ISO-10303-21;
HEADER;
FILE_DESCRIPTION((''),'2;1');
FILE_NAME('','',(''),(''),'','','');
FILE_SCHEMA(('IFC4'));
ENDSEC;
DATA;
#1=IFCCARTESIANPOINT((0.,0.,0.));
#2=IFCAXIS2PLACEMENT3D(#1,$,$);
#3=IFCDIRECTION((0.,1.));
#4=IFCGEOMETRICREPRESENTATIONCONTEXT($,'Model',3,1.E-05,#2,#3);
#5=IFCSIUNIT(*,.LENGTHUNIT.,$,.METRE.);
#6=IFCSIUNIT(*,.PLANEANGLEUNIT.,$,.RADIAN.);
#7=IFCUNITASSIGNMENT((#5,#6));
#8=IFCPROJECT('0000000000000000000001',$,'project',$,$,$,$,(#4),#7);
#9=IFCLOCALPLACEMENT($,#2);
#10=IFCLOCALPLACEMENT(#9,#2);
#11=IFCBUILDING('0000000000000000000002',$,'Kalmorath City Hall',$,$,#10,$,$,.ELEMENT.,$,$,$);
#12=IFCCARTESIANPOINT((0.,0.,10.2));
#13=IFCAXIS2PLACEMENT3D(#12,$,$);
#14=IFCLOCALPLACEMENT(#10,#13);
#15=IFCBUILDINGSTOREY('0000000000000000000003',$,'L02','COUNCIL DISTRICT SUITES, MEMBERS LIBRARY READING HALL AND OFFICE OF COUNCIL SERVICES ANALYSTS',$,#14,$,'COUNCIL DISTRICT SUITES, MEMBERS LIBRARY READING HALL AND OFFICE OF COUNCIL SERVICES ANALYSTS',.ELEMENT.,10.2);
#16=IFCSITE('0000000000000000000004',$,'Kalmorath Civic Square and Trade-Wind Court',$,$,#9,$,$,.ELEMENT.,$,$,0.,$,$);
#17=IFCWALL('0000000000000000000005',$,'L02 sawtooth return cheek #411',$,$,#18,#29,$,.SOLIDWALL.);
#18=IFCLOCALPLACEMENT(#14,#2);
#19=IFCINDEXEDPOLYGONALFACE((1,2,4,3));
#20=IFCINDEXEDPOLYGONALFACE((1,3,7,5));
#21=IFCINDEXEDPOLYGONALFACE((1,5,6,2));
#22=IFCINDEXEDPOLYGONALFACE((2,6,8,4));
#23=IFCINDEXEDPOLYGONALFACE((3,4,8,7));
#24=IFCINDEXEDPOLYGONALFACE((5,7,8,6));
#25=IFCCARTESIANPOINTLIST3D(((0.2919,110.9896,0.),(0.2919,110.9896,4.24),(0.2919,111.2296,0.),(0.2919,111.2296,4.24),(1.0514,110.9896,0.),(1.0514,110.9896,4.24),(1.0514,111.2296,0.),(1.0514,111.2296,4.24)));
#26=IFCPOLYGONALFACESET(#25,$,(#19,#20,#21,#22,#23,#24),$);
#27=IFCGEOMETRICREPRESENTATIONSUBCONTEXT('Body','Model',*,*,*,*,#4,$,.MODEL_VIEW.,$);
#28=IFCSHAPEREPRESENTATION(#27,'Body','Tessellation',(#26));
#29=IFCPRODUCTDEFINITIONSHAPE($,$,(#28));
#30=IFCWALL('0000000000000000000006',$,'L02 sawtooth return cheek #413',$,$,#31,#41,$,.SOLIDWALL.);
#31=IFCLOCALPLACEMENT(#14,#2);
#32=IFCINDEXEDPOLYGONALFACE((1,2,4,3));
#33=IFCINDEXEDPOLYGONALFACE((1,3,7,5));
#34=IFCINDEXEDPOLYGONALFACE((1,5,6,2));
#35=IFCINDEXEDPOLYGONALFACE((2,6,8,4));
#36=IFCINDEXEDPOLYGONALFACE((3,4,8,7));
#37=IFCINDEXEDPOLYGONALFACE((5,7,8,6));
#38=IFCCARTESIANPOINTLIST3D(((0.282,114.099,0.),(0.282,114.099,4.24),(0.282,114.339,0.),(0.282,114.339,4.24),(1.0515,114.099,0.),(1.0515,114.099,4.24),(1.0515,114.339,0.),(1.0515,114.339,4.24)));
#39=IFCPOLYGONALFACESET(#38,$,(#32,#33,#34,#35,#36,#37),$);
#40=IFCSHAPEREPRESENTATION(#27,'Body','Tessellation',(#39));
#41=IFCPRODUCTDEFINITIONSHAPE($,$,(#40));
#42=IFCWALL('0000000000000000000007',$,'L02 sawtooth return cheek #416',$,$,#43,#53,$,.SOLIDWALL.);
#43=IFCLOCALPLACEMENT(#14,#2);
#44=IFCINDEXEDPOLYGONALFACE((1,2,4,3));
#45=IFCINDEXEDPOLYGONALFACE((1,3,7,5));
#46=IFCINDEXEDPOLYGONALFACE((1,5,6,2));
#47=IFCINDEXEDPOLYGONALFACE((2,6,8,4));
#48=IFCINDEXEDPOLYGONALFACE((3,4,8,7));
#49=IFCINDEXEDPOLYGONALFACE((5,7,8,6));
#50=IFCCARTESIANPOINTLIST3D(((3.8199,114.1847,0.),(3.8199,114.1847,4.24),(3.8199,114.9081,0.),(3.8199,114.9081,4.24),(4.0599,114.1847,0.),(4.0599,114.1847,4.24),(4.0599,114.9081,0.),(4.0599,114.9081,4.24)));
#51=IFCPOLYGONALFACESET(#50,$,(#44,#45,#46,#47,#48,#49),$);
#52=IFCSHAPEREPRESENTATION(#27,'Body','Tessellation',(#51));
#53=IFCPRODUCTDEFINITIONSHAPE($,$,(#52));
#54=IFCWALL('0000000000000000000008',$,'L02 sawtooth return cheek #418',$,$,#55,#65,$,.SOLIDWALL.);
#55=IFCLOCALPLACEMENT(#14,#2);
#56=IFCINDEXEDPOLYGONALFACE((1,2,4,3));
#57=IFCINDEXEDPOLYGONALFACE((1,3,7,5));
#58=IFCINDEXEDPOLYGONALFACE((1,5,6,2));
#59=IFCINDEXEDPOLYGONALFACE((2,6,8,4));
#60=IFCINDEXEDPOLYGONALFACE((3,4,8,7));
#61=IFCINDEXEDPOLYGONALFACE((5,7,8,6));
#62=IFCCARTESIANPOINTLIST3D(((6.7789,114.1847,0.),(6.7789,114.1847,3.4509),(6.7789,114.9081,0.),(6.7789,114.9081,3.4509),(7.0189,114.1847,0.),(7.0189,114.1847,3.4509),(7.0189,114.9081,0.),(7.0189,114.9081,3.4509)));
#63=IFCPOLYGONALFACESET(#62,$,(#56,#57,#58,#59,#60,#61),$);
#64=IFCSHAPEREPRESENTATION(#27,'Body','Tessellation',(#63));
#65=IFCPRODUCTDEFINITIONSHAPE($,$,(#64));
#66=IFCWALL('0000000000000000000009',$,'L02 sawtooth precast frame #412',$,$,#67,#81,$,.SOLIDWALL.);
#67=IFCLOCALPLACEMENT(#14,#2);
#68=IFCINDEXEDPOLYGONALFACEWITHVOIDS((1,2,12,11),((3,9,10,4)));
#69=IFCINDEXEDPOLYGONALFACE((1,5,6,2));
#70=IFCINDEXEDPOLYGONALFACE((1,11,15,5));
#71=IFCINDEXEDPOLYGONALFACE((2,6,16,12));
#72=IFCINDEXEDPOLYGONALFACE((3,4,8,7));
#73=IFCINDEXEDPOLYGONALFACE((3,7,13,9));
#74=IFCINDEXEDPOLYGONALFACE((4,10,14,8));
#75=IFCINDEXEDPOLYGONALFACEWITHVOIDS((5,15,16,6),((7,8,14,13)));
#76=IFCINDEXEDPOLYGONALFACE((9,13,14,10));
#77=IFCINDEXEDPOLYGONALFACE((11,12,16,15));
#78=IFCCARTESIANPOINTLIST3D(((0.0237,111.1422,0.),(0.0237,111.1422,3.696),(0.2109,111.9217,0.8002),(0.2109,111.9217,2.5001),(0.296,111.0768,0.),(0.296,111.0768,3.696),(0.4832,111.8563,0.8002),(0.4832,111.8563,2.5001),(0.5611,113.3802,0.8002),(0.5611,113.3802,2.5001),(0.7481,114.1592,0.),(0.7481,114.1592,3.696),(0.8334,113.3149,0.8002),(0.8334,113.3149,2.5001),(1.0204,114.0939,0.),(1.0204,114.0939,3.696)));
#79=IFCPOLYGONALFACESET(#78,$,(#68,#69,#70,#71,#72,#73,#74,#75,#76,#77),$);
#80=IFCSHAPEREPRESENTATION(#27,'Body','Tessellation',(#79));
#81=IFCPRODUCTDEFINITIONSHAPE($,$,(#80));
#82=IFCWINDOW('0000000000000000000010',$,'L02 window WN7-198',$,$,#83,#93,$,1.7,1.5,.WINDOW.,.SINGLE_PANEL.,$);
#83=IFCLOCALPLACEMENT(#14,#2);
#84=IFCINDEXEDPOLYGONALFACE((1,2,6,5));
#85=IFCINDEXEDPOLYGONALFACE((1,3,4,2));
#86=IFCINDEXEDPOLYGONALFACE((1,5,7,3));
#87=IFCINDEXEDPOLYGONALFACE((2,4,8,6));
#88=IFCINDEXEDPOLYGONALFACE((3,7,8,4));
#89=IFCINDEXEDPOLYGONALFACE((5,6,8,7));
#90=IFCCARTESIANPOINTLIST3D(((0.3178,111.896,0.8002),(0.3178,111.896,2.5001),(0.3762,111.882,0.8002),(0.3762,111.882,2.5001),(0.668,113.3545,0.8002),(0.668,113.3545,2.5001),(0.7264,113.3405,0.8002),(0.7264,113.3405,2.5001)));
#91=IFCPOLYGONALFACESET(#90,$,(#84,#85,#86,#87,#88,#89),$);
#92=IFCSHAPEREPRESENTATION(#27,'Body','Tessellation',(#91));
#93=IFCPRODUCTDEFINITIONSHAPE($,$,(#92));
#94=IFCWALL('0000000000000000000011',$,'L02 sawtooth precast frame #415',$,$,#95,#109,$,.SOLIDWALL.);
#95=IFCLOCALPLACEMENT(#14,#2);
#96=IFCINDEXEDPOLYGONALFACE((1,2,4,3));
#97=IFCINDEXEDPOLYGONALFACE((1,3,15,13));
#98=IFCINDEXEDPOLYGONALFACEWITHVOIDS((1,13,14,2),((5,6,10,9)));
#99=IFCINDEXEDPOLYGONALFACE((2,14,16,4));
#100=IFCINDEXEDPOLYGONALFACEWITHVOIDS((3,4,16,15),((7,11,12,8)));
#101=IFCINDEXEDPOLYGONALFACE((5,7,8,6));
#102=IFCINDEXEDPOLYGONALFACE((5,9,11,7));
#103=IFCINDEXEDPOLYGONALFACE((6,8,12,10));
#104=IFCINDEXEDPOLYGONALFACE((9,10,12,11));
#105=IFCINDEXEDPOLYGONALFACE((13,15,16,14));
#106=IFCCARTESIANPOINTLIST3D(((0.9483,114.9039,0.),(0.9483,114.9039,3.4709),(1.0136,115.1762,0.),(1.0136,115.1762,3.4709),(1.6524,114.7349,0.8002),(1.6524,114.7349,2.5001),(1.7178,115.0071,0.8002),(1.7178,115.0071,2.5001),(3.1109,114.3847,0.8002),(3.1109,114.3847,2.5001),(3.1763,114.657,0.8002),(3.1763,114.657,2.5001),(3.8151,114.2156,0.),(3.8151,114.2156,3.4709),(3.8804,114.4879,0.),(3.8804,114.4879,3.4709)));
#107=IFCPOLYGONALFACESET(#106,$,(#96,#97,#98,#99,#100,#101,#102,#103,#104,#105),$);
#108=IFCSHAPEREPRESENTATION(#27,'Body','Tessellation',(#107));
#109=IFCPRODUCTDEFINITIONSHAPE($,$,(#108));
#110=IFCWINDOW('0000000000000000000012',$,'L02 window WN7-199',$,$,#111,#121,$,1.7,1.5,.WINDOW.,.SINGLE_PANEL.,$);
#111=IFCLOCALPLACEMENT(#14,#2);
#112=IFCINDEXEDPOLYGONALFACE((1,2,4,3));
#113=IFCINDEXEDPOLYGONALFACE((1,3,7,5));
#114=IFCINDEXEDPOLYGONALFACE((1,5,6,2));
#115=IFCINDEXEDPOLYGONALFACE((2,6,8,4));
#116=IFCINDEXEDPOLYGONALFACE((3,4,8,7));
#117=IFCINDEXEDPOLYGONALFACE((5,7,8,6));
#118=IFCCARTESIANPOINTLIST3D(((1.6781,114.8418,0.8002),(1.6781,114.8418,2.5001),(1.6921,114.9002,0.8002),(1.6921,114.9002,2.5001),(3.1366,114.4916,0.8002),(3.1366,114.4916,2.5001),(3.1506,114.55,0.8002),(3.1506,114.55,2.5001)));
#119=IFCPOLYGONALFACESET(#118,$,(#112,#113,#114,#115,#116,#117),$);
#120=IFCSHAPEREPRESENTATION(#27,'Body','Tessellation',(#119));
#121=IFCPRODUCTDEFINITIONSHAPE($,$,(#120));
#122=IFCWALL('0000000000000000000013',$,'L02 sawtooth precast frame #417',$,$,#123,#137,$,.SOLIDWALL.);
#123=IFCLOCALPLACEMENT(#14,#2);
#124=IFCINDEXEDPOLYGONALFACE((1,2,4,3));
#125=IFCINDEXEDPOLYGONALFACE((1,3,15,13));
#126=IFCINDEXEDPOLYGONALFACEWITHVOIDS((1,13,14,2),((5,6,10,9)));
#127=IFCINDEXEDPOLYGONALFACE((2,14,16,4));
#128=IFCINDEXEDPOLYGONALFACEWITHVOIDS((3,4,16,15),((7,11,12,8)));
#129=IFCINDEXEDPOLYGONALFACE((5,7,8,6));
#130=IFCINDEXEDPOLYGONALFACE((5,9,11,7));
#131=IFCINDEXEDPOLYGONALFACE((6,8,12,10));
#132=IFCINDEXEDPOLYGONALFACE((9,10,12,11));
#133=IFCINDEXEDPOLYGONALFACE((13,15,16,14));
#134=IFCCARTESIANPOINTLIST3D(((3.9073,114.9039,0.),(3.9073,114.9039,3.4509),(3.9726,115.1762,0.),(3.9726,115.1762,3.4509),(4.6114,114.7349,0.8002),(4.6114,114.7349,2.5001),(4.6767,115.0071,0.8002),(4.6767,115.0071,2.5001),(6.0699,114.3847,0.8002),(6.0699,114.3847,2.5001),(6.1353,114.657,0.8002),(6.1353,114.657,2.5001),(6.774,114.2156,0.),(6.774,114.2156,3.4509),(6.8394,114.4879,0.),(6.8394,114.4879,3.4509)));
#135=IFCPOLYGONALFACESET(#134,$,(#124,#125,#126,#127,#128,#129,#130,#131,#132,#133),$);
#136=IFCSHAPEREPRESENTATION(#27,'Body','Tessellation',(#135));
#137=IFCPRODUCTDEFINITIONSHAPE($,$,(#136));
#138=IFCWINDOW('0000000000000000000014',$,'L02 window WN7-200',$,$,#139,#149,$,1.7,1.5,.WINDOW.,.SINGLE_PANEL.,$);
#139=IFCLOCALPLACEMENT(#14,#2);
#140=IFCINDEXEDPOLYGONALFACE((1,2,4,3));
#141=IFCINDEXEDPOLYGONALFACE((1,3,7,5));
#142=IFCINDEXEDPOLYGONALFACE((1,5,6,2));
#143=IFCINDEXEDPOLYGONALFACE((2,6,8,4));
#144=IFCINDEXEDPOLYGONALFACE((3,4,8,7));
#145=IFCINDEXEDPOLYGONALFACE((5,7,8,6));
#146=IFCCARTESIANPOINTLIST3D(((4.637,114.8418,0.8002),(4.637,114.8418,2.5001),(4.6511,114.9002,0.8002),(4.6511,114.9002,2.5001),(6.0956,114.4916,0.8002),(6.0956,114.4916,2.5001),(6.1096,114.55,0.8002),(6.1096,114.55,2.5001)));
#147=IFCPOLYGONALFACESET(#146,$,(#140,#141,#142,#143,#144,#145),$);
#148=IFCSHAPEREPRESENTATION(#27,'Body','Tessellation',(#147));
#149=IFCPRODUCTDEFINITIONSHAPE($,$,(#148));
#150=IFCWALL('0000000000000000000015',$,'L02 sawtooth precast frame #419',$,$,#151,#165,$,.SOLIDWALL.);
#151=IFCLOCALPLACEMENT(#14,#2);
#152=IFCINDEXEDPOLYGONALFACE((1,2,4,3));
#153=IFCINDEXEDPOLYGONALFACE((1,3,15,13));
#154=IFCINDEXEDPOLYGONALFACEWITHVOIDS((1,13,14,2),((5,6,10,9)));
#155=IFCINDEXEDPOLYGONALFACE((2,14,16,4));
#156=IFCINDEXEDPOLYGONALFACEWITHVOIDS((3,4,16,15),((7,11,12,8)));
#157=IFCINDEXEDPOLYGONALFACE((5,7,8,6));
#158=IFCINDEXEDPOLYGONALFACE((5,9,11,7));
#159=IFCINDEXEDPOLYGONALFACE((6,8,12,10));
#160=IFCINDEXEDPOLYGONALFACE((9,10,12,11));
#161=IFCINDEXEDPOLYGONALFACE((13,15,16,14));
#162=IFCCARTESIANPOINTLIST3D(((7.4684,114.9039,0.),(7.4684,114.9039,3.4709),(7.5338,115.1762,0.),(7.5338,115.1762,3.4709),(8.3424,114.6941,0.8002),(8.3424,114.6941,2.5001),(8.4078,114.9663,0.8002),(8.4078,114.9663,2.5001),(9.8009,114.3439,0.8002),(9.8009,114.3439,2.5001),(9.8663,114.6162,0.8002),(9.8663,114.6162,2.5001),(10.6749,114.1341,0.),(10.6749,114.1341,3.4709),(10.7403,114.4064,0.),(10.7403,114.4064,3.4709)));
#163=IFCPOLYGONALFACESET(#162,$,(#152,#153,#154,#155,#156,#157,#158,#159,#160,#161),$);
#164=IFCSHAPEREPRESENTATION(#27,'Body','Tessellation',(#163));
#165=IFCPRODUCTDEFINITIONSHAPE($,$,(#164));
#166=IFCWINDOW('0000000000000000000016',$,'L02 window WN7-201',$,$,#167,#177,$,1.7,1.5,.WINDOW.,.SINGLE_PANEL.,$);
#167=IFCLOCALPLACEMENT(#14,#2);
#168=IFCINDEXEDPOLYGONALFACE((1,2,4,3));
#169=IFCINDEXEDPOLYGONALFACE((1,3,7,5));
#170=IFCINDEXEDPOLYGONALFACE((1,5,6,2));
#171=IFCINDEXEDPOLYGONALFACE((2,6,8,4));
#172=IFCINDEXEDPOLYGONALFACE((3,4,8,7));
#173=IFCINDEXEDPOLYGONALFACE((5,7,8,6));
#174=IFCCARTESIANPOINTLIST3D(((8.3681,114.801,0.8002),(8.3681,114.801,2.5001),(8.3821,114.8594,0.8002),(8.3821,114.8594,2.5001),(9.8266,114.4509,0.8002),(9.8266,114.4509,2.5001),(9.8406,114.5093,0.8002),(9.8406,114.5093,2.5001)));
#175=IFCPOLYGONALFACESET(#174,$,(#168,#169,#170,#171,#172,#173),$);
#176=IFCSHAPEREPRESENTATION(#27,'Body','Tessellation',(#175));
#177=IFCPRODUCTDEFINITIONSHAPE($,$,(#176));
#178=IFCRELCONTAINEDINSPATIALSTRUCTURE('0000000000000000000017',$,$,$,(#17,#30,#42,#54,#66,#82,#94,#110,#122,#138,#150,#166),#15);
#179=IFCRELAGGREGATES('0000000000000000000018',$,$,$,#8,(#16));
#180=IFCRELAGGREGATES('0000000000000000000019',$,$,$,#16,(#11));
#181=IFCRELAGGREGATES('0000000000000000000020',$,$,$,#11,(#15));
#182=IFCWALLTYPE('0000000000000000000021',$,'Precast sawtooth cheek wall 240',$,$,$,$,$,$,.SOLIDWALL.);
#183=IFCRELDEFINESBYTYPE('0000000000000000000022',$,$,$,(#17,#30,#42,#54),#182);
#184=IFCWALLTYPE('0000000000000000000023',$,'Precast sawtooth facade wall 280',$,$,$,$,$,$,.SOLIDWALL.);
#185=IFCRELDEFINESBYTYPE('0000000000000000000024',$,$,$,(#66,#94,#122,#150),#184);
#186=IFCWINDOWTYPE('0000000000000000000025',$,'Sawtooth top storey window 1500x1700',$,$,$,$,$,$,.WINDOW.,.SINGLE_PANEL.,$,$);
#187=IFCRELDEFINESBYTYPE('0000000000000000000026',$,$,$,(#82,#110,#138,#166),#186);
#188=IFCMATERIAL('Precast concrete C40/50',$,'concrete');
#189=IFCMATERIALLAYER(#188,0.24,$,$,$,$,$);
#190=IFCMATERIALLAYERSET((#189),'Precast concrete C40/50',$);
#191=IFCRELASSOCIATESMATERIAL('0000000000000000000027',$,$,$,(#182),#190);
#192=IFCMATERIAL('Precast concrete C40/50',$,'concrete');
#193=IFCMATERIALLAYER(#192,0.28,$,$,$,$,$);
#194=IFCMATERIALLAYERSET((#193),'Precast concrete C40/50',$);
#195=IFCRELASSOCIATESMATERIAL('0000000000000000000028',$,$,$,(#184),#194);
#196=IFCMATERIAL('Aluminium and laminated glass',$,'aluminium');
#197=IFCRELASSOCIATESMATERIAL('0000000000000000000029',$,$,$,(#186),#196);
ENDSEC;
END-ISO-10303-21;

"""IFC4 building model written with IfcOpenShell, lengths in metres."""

from ifc_helpers import new_model, si_unit, direction, frame, frame_2d, origin, place, context, subcontext, project, spatial, rectangle, extrude, material, layer, layer_set, type_object, element, fill, save


model = new_model("IFC4")

# Units and contexts
model_context = context("Model", 3, precision=1e-05, world=origin(), true_north=direction((0.0, 1.0)))
body_context = subcontext(model_context, "Body", "Model", "MODEL_VIEW")
ifc_project = project(units=[si_unit("LENGTHUNIT", "METRE"), si_unit("PLANEANGLEUNIT", "RADIAN")], contexts=[model_context])

# Site, building, storey
site_placement = place(None, origin())
site = spatial("IfcSite", under=ifc_project, at=site_placement, Name="Kalmorath Civic Square and Trade-Wind Court", CompositionType="ELEMENT", RefElevation=0.0)
building_placement = place(site_placement, origin())
building = spatial("IfcBuilding", under=site, at=building_placement, Name="Kalmorath City Hall", CompositionType="ELEMENT")
storey_placement = place(building_placement, frame((0.0, 0.0, 10.2)))
storey = spatial("IfcBuildingStorey", under=building, at=storey_placement, Name="L02", Description="COUNCIL DISTRICT SUITES, MEMBERS LIBRARY READING HALL AND OFFICE OF COUNCIL SERVICES ANALYSTS", LongName="COUNCIL DISTRICT SUITES, MEMBERS LIBRARY READING HALL AND OFFICE OF COUNCIL SERVICES ANALYSTS", CompositionType="ELEMENT", Elevation=10.2)

# Walls
ifc_material_1 = material(Name="Precast concrete C40/50", Category="concrete")
ifc_layer_1 = layer(ifc_material_1, 0.24)
ifc_layer_set_1 = layer_set([ifc_layer_1], Name="Precast concrete C40/50")
wall_type_1 = type_object("IfcWallType", Name="Precast sawtooth cheek wall 240", PredefinedType="SOLIDWALL", material=ifc_layer_set_1)
wall_1_placement = place(storey_placement, frame((1.0515, 111.1096, 0.0), z_axis=(0.0, 0.0, 1.0), x_axis=(-1.0, 0.0, 0.0)))
element("IfcWall", 1, at=wall_1_placement, inside=storey, type_object=wall_type_1, Name="L02 sawtooth return cheek #411", PredefinedType="SOLIDWALL", context=body_context, shape_type="SweptSolid", body=[
    extrude(rectangle(XDim=0.7595, YDim=0.24, at=frame_2d((0.3799, 0.0))), origin(), (0.0, 0.0, 1.0), 4.24),
])
wall_2_placement = place(storey_placement, frame((1.0515, 114.219, 0.0), z_axis=(0.0, 0.0, 1.0), x_axis=(-1.0, 0.0, 0.0)))
element("IfcWall", 2, at=wall_2_placement, inside=storey, type_object=wall_type_1, Name="L02 sawtooth return cheek #413", PredefinedType="SOLIDWALL", context=body_context, shape_type="SweptSolid", body=[
    extrude(rectangle(XDim=0.7695, YDim=0.24, at=frame_2d((0.3848, 0.0))), origin(), (0.0, 0.0, 1.0), 4.24),
])
wall_3_placement = place(storey_placement, frame((3.9399, 114.1846, 0.0), z_axis=(0.0, 0.0, 1.0), x_axis=(0.0, 1.0, 0.0)))
element("IfcWall", 3, at=wall_3_placement, inside=storey, type_object=wall_type_1, Name="L02 sawtooth return cheek #416", PredefinedType="SOLIDWALL", context=body_context, shape_type="SweptSolid", body=[
    extrude(rectangle(XDim=0.7234, YDim=0.24, at=frame_2d((0.3618, 0.0))), origin(), (0.0, 0.0, 1.0), 4.24),
])
wall_4_placement = place(storey_placement, frame((6.8989, 114.1846, 0.0), z_axis=(0.0, 0.0, 1.0), x_axis=(0.0, 1.0, 0.0)))
element("IfcWall", 4, at=wall_4_placement, inside=storey, type_object=wall_type_1, Name="L02 sawtooth return cheek #418", PredefinedType="SOLIDWALL", context=body_context, shape_type="SweptSolid", body=[
    extrude(rectangle(XDim=0.7234, YDim=0.24, at=frame_2d((0.3618, 0.0))), origin(), (0.0, 0.0, 1.0), 3.4509),
])

# Walls, openings, windows
ifc_material_2 = material(Name="Precast concrete C40/50", Category="concrete")
ifc_layer_2 = layer(ifc_material_2, 0.28)
ifc_layer_set_2 = layer_set([ifc_layer_2], Name="Precast concrete C40/50")
wall_type_2 = type_object("IfcWallType", Name="Precast sawtooth facade wall 280", PredefinedType="SOLIDWALL", material=ifc_layer_set_2)
wall_5_placement = place(storey_placement, frame((0.1599, 111.1096, 0.0), z_axis=(0.0, 0.0, 1.0), x_axis=(0.233453, 0.972368, 0.0)))
wall_5 = element("IfcWall", 5, at=wall_5_placement, inside=storey, type_object=wall_type_2, Name="L02 sawtooth precast frame #412", PredefinedType="SOLIDWALL", context=body_context, shape_type="SweptSolid", body=[
    extrude(rectangle(XDim=3.1028, YDim=0.28, at=frame_2d((1.5513, 0.0))), origin(), (0.0, 0.0, 1.0), 3.696),
])
opening_1_placement = place(wall_5_placement, frame((0.8015, 0.0, 0.8)))
opening_1 = element("IfcOpeningElement", 6, at=opening_1_placement, cuts=wall_5, PredefinedType="OPENING", context=body_context, shape_type="SweptSolid", body=[
    extrude(rectangle(XDim=1.5, YDim=1.7, at=frame_2d((0.75, 0.8501))), frame((0.0, 0.1499, 0.0), z_axis=(0.0, -1.0, 0.0), x_axis=(1.0, 0.0, 0.0)), (0.0, 0.0, 1.0), 0.3),
])
ifc_material_3 = material(Name="Aluminium and laminated glass", Category="aluminium")
window_type = type_object("IfcWindowType", Name="Sawtooth top storey window 1500x1700", PartitioningType="SINGLE_PANEL", PredefinedType="WINDOW", material=ifc_material_3)
window_1_placement = place(opening_1_placement, origin())
window_1 = element("IfcWindow", 7, at=window_1_placement, inside=storey, type_object=window_type, Name="L02 window WN7-198", OverallHeight=1.7, OverallWidth=1.5, PartitioningType="SINGLE_PANEL", PredefinedType="WINDOW", context=body_context, shape_type="SweptSolid", body=[
    extrude(rectangle(XDim=1.5, YDim=1.7, at=frame_2d((0.75, 0.8501))), frame((0.0, 0.03, 0.0), z_axis=(0.0, -1.0, 0.0), x_axis=(1.0, 0.0, 0.0)), (0.0, 0.0, 1.0), 0.0601),
])
fill(opening_1, window_1)
wall_6_placement = place(storey_placement, frame((0.981, 115.04, 0.0), z_axis=(0.0, 0.0, 1.0), x_axis=(0.97237, -0.233445, 0.0)))
wall_6 = element("IfcWall", 8, at=wall_6_placement, inside=storey, type_object=wall_type_2, Name="L02 sawtooth precast frame #415", PredefinedType="SOLIDWALL", context=body_context, shape_type="SweptSolid", body=[
    extrude(rectangle(XDim=2.9482, YDim=0.28, at=frame_2d((1.4741, 0.0))), origin(), (0.0, 0.0, 1.0), 3.4709),
])
opening_2_placement = place(wall_6_placement, frame((0.7241, 0.0, 0.8)))
opening_2 = element("IfcOpeningElement", 9, at=opening_2_placement, cuts=wall_6, PredefinedType="OPENING", context=body_context, shape_type="SweptSolid", body=[
    extrude(rectangle(XDim=1.5, YDim=1.7, at=frame_2d((0.75, 0.8501))), frame((0.0, 0.1499, 0.0), z_axis=(0.0, -1.0, 0.0), x_axis=(1.0, 0.0, 0.0)), (0.0, 0.0, 1.0), 0.3),
])
window_2_placement = place(opening_2_placement, origin())
window_2 = element("IfcWindow", 10, at=window_2_placement, inside=storey, type_object=window_type, Name="L02 window WN7-199", OverallHeight=1.7, OverallWidth=1.5, PartitioningType="SINGLE_PANEL", PredefinedType="WINDOW", context=body_context, shape_type="SweptSolid", body=[
    extrude(rectangle(XDim=1.5, YDim=1.7, at=frame_2d((0.75, 0.8501))), frame((0.0, 0.03, 0.0), z_axis=(0.0, -1.0, 0.0), x_axis=(1.0, 0.0, 0.0)), (0.0, 0.0, 1.0), 0.0601),
])
fill(opening_2, window_2)
wall_7_placement = place(storey_placement, frame((3.9399, 115.04, 0.0), z_axis=(0.0, 0.0, 1.0), x_axis=(0.97237, -0.233445, 0.0)))
wall_7 = element("IfcWall", 11, at=wall_7_placement, inside=storey, type_object=wall_type_2, Name="L02 sawtooth precast frame #417", PredefinedType="SOLIDWALL", context=body_context, shape_type="SweptSolid", body=[
    extrude(rectangle(XDim=2.9482, YDim=0.28, at=frame_2d((1.4741, 0.0))), origin(), (0.0, 0.0, 1.0), 3.4509),
])
opening_3_placement = place(wall_7_placement, frame((0.7241, 0.0, 0.8)))
opening_3 = element("IfcOpeningElement", 12, at=opening_3_placement, cuts=wall_7, PredefinedType="OPENING", context=body_context, shape_type="SweptSolid", body=[
    extrude(rectangle(XDim=1.5, YDim=1.7, at=frame_2d((0.75, 0.8501))), frame((0.0, 0.1499, 0.0), z_axis=(0.0, -1.0, 0.0), x_axis=(1.0, 0.0, 0.0)), (0.0, 0.0, 1.0), 0.3),
])
window_3_placement = place(opening_3_placement, origin())
window_3 = element("IfcWindow", 13, at=window_3_placement, inside=storey, type_object=window_type, Name="L02 window WN7-200", OverallHeight=1.7, OverallWidth=1.5, PartitioningType="SINGLE_PANEL", PredefinedType="WINDOW", context=body_context, shape_type="SweptSolid", body=[
    extrude(rectangle(XDim=1.5, YDim=1.7, at=frame_2d((0.75, 0.8501))), frame((0.0, 0.03, 0.0), z_axis=(0.0, -1.0, 0.0), x_axis=(1.0, 0.0, 0.0)), (0.0, 0.0, 1.0), 0.0601),
])
fill(opening_3, window_3)
wall_8_placement = place(storey_placement, frame((7.501, 115.04, 0.0), z_axis=(0.0, 0.0, 1.0), x_axis=(0.972373, -0.233432, 0.0)))
wall_8 = element("IfcWall", 14, at=wall_8_placement, inside=storey, type_object=wall_type_2, Name="L02 sawtooth precast frame #419", PredefinedType="SOLIDWALL", context=body_context, shape_type="SweptSolid", body=[
    extrude(rectangle(XDim=3.2976, YDim=0.28, at=frame_2d((1.6489, 0.0))), origin(), (0.0, 0.0, 1.0), 3.4709),
])
opening_4_placement = place(wall_8_placement, frame((0.8989, 0.0, 0.8)))
opening_4 = element("IfcOpeningElement", 15, at=opening_4_placement, cuts=wall_8, PredefinedType="OPENING", context=body_context, shape_type="SweptSolid", body=[
    extrude(rectangle(XDim=1.5, YDim=1.7, at=frame_2d((0.75, 0.8501))), frame((0.0, 0.1499, 0.0), z_axis=(0.0, -1.0, 0.0), x_axis=(1.0, 0.0, 0.0)), (0.0, 0.0, 1.0), 0.3),
])
window_4_placement = place(opening_4_placement, origin())
window_4 = element("IfcWindow", 16, at=window_4_placement, inside=storey, type_object=window_type, Name="L02 window WN7-201", OverallHeight=1.7, OverallWidth=1.5, PartitioningType="SINGLE_PANEL", PredefinedType="WINDOW", context=body_context, shape_type="SweptSolid", body=[
    extrude(rectangle(XDim=1.5, YDim=1.7, at=frame_2d((0.75, 0.8501))), frame((0.0, 0.03, 0.0), z_axis=(0.0, -1.0, 0.0), x_axis=(1.0, 0.0, 0.0)), (0.0, 0.0, 1.0), 0.0601),
])
fill(opening_4, window_4)

save(model, "model.ifc")
